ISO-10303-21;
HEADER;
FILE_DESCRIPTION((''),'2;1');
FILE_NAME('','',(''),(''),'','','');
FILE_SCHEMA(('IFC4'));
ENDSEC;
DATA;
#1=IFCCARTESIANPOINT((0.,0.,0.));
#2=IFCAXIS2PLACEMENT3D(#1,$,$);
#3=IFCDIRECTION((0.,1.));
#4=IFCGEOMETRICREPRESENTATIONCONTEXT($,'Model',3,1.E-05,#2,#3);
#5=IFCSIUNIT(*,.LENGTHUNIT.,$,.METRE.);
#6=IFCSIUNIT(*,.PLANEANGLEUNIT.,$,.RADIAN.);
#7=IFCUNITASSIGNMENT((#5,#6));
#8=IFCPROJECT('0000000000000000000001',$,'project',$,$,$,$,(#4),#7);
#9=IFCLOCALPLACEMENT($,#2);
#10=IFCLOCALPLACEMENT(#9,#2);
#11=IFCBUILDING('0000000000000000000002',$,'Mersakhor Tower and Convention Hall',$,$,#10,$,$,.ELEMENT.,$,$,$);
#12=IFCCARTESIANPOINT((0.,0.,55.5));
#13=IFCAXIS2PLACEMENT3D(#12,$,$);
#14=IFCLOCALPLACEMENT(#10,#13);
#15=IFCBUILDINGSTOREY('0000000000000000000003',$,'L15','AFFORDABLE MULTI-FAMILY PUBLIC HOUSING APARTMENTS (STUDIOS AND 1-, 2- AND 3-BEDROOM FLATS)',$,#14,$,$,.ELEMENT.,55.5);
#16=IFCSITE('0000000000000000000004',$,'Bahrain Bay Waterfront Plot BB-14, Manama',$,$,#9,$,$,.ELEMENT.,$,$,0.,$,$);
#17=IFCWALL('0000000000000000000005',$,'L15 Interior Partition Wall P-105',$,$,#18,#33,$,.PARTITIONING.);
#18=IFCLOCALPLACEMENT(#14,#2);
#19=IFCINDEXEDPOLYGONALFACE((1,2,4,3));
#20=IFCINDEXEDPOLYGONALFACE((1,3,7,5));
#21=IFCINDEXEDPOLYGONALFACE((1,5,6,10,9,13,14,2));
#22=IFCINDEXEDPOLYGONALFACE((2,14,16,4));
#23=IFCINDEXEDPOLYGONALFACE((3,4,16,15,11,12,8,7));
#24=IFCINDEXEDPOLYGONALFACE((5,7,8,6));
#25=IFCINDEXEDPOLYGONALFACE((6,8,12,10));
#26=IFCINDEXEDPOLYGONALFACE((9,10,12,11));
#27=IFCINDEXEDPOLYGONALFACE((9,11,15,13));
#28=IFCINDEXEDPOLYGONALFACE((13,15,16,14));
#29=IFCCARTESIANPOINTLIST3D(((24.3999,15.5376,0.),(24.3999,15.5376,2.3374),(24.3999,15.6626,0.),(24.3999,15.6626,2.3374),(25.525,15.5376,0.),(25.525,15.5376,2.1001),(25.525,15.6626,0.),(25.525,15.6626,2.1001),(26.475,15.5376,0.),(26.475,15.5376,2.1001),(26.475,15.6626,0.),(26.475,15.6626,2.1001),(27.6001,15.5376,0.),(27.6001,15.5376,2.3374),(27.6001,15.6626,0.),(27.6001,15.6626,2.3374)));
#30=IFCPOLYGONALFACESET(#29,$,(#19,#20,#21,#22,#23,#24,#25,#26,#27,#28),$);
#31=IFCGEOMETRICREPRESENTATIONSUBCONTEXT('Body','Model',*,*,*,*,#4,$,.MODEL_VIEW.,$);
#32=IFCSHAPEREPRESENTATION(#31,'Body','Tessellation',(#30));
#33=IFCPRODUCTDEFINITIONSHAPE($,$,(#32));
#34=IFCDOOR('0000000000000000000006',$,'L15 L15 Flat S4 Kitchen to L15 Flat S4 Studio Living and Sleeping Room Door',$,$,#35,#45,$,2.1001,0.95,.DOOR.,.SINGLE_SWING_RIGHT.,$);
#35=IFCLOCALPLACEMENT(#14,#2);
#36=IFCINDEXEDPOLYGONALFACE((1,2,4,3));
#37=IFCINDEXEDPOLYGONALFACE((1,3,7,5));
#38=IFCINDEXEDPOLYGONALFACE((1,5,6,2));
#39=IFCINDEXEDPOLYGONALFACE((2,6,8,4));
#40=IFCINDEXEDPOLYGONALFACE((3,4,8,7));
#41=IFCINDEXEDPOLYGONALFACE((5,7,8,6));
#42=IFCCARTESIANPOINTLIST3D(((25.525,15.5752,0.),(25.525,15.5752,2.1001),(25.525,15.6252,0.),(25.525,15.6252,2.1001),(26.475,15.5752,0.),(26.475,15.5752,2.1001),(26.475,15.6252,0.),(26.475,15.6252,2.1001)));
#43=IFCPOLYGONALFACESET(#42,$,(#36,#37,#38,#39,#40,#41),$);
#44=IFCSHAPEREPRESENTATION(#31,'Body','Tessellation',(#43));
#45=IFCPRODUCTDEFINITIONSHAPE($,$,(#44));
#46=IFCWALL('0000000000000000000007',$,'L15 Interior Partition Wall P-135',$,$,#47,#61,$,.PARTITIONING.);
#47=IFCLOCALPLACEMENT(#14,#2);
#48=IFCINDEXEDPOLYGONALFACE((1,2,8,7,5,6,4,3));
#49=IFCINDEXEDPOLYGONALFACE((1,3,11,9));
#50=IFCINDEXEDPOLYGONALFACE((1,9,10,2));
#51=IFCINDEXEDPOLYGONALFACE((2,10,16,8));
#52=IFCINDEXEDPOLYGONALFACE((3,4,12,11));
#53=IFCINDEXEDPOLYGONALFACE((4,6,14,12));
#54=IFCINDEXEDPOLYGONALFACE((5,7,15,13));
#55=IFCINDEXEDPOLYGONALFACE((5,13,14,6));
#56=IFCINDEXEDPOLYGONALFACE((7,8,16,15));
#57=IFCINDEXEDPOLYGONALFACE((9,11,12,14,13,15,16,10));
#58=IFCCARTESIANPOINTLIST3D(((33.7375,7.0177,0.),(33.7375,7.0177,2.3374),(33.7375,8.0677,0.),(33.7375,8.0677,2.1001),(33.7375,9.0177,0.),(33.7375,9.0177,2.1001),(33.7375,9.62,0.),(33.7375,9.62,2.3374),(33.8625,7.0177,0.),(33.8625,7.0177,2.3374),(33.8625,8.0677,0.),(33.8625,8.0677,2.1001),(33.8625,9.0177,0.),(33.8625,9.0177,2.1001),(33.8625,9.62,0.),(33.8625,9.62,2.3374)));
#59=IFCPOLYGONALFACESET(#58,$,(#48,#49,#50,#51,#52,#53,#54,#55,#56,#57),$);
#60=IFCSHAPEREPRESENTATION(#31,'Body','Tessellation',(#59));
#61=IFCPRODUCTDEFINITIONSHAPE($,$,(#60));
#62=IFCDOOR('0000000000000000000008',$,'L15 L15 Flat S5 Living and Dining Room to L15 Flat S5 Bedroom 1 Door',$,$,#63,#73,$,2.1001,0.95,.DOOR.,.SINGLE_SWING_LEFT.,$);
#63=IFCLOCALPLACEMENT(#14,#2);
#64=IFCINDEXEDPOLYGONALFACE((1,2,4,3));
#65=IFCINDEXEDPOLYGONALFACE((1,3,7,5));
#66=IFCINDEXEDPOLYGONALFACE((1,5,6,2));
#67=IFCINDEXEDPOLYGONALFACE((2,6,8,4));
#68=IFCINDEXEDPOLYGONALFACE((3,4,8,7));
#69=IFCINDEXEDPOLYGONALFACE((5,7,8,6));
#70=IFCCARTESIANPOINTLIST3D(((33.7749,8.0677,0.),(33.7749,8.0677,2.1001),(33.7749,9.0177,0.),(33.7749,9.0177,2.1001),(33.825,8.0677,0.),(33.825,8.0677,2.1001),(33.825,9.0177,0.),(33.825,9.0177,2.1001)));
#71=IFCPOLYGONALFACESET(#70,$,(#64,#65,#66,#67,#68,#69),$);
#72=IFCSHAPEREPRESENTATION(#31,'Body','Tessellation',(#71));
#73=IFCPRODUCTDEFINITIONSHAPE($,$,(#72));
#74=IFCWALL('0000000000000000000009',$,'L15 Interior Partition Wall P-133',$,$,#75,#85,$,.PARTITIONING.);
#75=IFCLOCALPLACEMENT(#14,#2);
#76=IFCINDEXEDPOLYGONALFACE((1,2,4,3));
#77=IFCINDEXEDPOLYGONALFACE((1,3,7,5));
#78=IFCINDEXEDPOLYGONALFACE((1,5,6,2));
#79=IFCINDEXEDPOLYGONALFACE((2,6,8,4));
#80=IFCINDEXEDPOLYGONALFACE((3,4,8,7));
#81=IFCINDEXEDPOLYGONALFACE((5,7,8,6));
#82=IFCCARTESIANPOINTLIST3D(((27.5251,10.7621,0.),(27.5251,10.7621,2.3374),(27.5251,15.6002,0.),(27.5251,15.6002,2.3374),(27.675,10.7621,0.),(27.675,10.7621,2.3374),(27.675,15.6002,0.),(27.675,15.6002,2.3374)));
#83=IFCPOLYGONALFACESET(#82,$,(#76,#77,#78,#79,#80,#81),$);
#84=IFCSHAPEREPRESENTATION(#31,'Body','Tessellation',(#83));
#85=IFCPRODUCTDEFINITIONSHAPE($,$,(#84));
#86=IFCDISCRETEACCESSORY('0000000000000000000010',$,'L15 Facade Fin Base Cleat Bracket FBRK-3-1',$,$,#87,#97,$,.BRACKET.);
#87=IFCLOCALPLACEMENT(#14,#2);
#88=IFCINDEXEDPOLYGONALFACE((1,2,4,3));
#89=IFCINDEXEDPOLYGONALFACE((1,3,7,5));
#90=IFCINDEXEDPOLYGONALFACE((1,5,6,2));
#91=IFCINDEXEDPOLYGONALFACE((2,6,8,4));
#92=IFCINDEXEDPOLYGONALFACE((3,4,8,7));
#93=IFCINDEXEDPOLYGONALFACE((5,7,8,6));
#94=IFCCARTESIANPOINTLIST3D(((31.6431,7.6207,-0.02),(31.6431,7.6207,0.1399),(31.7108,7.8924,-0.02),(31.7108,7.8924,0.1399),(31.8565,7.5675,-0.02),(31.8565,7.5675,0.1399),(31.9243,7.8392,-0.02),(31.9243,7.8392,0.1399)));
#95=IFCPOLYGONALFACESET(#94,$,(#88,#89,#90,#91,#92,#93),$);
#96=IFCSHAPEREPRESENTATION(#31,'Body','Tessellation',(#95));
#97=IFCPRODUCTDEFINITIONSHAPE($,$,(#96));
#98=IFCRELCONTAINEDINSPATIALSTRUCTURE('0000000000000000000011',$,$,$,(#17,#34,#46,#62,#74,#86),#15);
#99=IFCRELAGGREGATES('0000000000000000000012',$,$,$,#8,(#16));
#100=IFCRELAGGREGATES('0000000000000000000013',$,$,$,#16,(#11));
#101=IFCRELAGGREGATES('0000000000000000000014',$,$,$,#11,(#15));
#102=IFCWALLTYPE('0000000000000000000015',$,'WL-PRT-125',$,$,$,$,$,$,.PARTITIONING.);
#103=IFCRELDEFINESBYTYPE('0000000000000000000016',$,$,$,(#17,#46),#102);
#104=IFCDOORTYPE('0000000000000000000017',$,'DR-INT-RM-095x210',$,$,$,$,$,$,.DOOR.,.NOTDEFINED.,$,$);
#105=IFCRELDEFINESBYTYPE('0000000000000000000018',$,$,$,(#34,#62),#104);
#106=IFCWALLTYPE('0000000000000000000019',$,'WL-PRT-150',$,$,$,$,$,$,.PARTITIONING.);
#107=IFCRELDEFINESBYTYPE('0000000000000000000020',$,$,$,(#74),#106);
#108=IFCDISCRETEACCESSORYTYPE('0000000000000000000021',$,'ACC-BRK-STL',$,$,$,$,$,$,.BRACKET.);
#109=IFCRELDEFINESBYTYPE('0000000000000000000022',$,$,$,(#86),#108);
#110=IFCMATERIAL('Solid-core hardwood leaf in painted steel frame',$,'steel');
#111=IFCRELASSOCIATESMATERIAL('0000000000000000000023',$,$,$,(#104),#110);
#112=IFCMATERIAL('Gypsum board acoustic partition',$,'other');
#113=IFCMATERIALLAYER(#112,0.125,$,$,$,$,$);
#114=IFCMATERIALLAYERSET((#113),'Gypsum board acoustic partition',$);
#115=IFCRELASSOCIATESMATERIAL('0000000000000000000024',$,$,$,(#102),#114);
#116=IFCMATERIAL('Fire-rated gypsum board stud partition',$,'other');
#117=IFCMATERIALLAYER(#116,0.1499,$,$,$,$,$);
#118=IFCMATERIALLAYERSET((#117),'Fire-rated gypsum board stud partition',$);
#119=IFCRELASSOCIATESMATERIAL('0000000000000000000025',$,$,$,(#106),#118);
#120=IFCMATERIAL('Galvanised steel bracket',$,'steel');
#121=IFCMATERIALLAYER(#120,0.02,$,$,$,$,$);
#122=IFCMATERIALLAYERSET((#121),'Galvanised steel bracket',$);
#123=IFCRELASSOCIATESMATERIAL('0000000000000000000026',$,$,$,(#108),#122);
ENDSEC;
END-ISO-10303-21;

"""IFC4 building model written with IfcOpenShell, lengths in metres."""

from ifc_helpers import new_model, si_unit, direction, frame, frame_2d, origin, origin_2d, place, context, subcontext, project, spatial, rectangle, extrude, material, layer, layer_set, type_object, element, fill, save


model = new_model("IFC4")

# Units and contexts
model_context = context("Model", 3, precision=1e-05, world=origin(), true_north=direction((0.0, 1.0)))
body_context = subcontext(model_context, "Body", "Model", "MODEL_VIEW")
ifc_project = project(units=[si_unit("LENGTHUNIT", "METRE"), si_unit("PLANEANGLEUNIT", "RADIAN")], contexts=[model_context])

# Site, building, storey
site_placement = place(None, origin())
site = spatial("IfcSite", under=ifc_project, at=site_placement, Name="Bahrain Bay Waterfront Plot BB-14, Manama", CompositionType="ELEMENT", RefElevation=0.0)
building_placement = place(site_placement, origin())
building = spatial("IfcBuilding", under=site, at=building_placement, Name="Mersakhor Tower and Convention Hall", CompositionType="ELEMENT")
storey_placement = place(building_placement, frame((0.0, 0.0, 55.5)))
storey = spatial("IfcBuildingStorey", under=building, at=storey_placement, Name="L15", Description="AFFORDABLE MULTI-FAMILY PUBLIC HOUSING APARTMENTS (STUDIOS AND 1-, 2- AND 3-BEDROOM FLATS)", CompositionType="ELEMENT", Elevation=55.5)

# Walls, openings, doors
ifc_material_1 = material(Name="Solid-core hardwood leaf in painted steel frame", Category="steel")
door_type_1 = type_object("IfcDoorType", Name="DR-INT-RM-095x210", OperationType="NOTDEFINED", PredefinedType="DOOR", material=ifc_material_1)
ifc_material_2 = material(Name="Gypsum board acoustic partition", Category="other")
ifc_layer_1 = layer(ifc_material_2, 0.125)
ifc_layer_set_1 = layer_set([ifc_layer_1], Name="Gypsum board acoustic partition")
wall_type_1 = type_object("IfcWallType", Name="WL-PRT-125", PredefinedType="PARTITIONING", material=ifc_layer_set_1)
wall_1_placement = place(storey_placement, frame((27.6001, 15.6001, 0.0), z_axis=(0.0, 0.0, 1.0), x_axis=(-1.0, 0.0, 0.0)))
wall_1 = element("IfcWall", 1, at=wall_1_placement, inside=storey, type_object=wall_type_1, Name="L15 Interior Partition Wall P-105", PredefinedType="PARTITIONING", context=body_context, shape_type="SweptSolid", body=[
    extrude(rectangle(XDim=3.2002, YDim=0.125, at=frame_2d((1.6001, 0.0))), origin(), (0.0, 0.0, 1.0), 2.3374),
])
opening_1_placement = place(wall_1_placement, frame((1.125, 0.0, 0.0)))
opening_1 = element("IfcOpeningElement", 2, at=opening_1_placement, cuts=wall_1, PredefinedType="OPENING", context=body_context, shape_type="SweptSolid", body=[
    extrude(rectangle(XDim=0.95, YDim=2.1001, at=frame_2d((0.4751, 1.05))), frame((0.0, 0.0725, 0.0), z_axis=(0.0, -1.0, 0.0), x_axis=(1.0, 0.0, 0.0)), (0.0, 0.0, 1.0), 0.145),
])
door_1_placement = place(opening_1_placement, origin())
door_1 = element("IfcDoor", 3, at=door_1_placement, inside=storey, type_object=door_type_1, Name="L15 L15 Flat S4 Kitchen to L15 Flat S4 Studio Living and Sleeping Room Door", OperationType="SINGLE_SWING_RIGHT", OverallHeight=2.1001, OverallWidth=0.95, PredefinedType="DOOR", context=body_context, shape_type="SweptSolid", body=[
    extrude(rectangle(XDim=0.95, YDim=2.1001, at=frame_2d((0.4751, 1.05))), frame((0.0, 0.0249, 0.0), z_axis=(0.0, -1.0, 0.0), x_axis=(1.0, 0.0, 0.0)), (0.0, 0.0, 1.0), 0.05),
])
fill(opening_1, door_1)
wall_2_placement = place(storey_placement, frame((33.8, 9.6201, 0.0), z_axis=(0.0, 0.0, 1.0), x_axis=(0.0, -1.0, 0.0)))
wall_2 = element("IfcWall", 4, at=wall_2_placement, inside=storey, type_object=wall_type_1, Name="L15 Interior Partition Wall P-135", PredefinedType="PARTITIONING", context=body_context, shape_type="SweptSolid", body=[
    extrude(rectangle(XDim=2.6023, YDim=0.125, at=frame_2d((1.3013, 0.0))), origin(), (0.0, 0.0, 1.0), 2.3374),
])
opening_2_placement = place(wall_2_placement, frame((0.6023, 0.0, 0.0)))
opening_2 = element("IfcOpeningElement", 5, at=opening_2_placement, cuts=wall_2, PredefinedType="OPENING", context=body_context, shape_type="SweptSolid", body=[
    extrude(rectangle(XDim=0.95, YDim=2.1001, at=frame_2d((0.4751, 1.05))), frame((0.0, 0.0725, 0.0), z_axis=(0.0, -1.0, 0.0), x_axis=(1.0, 0.0, 0.0)), (0.0, 0.0, 1.0), 0.145),
])
door_2_placement = place(opening_2_placement, origin())
door_2 = element("IfcDoor", 6, at=door_2_placement, inside=storey, type_object=door_type_1, Name="L15 L15 Flat S5 Living and Dining Room to L15 Flat S5 Bedroom 1 Door", OperationType="SINGLE_SWING_LEFT", OverallHeight=2.1001, OverallWidth=0.95, PredefinedType="DOOR", context=body_context, shape_type="SweptSolid", body=[
    extrude(rectangle(XDim=0.95, YDim=2.1001, at=frame_2d((0.4751, 1.05))), frame((0.0, 0.0249, 0.0), z_axis=(0.0, -1.0, 0.0), x_axis=(1.0, 0.0, 0.0)), (0.0, 0.0, 1.0), 0.05),
])
fill(opening_2, door_2)

# Wall
ifc_material_3 = material(Name="Fire-rated gypsum board stud partition", Category="other")
ifc_layer_2 = layer(ifc_material_3, 0.1499)
ifc_layer_set_2 = layer_set([ifc_layer_2], Name="Fire-rated gypsum board stud partition")
wall_type_2 = type_object("IfcWallType", Name="WL-PRT-150", PredefinedType="PARTITIONING", material=ifc_layer_set_2)
wall_3_placement = place(storey_placement, frame((27.6001, 15.6001, 0.0), z_axis=(0.0, 0.0, 1.0), x_axis=(0.0, -1.0, 0.0)))
element("IfcWall", 7, at=wall_3_placement, inside=storey, type_object=wall_type_2, Name="L15 Interior Partition Wall P-133", PredefinedType="PARTITIONING", context=body_context, shape_type="SweptSolid", body=[
    extrude(rectangle(XDim=4.8381, YDim=0.1499, at=frame_2d((2.4189, 0.0))), origin(), (0.0, 0.0, 1.0), 2.3374),
])

# Discrete accessory
ifc_material_4 = material(Name="Galvanised steel bracket", Category="steel")
ifc_layer_3 = layer(ifc_material_4, 0.02)
ifc_layer_set_3 = layer_set([ifc_layer_3], Name="Galvanised steel bracket")
discrete_accessory_type = type_object("IfcDiscreteAccessoryType", Name="ACC-BRK-STL", PredefinedType="BRACKET", material=ifc_layer_set_3)
discrete_accessory_placement = place(storey_placement, frame((31.7837, 7.73, -0.02), z_axis=(0.0, 0.0, 1.0), x_axis=(-0.241922, -0.970296, 0.0)))
element("IfcDiscreteAccessory", 8, at=discrete_accessory_placement, inside=storey, type_object=discrete_accessory_type, Name="L15 Facade Fin Base Cleat Bracket FBRK-3-1", PredefinedType="BRACKET", context=body_context, shape_type="SweptSolid", body=[
    extrude(rectangle(XDim=0.28, YDim=0.22, at=origin_2d()), origin(), (0.0, 0.0, 1.0), 0.1599),
])

save(model, "model.ifc")
